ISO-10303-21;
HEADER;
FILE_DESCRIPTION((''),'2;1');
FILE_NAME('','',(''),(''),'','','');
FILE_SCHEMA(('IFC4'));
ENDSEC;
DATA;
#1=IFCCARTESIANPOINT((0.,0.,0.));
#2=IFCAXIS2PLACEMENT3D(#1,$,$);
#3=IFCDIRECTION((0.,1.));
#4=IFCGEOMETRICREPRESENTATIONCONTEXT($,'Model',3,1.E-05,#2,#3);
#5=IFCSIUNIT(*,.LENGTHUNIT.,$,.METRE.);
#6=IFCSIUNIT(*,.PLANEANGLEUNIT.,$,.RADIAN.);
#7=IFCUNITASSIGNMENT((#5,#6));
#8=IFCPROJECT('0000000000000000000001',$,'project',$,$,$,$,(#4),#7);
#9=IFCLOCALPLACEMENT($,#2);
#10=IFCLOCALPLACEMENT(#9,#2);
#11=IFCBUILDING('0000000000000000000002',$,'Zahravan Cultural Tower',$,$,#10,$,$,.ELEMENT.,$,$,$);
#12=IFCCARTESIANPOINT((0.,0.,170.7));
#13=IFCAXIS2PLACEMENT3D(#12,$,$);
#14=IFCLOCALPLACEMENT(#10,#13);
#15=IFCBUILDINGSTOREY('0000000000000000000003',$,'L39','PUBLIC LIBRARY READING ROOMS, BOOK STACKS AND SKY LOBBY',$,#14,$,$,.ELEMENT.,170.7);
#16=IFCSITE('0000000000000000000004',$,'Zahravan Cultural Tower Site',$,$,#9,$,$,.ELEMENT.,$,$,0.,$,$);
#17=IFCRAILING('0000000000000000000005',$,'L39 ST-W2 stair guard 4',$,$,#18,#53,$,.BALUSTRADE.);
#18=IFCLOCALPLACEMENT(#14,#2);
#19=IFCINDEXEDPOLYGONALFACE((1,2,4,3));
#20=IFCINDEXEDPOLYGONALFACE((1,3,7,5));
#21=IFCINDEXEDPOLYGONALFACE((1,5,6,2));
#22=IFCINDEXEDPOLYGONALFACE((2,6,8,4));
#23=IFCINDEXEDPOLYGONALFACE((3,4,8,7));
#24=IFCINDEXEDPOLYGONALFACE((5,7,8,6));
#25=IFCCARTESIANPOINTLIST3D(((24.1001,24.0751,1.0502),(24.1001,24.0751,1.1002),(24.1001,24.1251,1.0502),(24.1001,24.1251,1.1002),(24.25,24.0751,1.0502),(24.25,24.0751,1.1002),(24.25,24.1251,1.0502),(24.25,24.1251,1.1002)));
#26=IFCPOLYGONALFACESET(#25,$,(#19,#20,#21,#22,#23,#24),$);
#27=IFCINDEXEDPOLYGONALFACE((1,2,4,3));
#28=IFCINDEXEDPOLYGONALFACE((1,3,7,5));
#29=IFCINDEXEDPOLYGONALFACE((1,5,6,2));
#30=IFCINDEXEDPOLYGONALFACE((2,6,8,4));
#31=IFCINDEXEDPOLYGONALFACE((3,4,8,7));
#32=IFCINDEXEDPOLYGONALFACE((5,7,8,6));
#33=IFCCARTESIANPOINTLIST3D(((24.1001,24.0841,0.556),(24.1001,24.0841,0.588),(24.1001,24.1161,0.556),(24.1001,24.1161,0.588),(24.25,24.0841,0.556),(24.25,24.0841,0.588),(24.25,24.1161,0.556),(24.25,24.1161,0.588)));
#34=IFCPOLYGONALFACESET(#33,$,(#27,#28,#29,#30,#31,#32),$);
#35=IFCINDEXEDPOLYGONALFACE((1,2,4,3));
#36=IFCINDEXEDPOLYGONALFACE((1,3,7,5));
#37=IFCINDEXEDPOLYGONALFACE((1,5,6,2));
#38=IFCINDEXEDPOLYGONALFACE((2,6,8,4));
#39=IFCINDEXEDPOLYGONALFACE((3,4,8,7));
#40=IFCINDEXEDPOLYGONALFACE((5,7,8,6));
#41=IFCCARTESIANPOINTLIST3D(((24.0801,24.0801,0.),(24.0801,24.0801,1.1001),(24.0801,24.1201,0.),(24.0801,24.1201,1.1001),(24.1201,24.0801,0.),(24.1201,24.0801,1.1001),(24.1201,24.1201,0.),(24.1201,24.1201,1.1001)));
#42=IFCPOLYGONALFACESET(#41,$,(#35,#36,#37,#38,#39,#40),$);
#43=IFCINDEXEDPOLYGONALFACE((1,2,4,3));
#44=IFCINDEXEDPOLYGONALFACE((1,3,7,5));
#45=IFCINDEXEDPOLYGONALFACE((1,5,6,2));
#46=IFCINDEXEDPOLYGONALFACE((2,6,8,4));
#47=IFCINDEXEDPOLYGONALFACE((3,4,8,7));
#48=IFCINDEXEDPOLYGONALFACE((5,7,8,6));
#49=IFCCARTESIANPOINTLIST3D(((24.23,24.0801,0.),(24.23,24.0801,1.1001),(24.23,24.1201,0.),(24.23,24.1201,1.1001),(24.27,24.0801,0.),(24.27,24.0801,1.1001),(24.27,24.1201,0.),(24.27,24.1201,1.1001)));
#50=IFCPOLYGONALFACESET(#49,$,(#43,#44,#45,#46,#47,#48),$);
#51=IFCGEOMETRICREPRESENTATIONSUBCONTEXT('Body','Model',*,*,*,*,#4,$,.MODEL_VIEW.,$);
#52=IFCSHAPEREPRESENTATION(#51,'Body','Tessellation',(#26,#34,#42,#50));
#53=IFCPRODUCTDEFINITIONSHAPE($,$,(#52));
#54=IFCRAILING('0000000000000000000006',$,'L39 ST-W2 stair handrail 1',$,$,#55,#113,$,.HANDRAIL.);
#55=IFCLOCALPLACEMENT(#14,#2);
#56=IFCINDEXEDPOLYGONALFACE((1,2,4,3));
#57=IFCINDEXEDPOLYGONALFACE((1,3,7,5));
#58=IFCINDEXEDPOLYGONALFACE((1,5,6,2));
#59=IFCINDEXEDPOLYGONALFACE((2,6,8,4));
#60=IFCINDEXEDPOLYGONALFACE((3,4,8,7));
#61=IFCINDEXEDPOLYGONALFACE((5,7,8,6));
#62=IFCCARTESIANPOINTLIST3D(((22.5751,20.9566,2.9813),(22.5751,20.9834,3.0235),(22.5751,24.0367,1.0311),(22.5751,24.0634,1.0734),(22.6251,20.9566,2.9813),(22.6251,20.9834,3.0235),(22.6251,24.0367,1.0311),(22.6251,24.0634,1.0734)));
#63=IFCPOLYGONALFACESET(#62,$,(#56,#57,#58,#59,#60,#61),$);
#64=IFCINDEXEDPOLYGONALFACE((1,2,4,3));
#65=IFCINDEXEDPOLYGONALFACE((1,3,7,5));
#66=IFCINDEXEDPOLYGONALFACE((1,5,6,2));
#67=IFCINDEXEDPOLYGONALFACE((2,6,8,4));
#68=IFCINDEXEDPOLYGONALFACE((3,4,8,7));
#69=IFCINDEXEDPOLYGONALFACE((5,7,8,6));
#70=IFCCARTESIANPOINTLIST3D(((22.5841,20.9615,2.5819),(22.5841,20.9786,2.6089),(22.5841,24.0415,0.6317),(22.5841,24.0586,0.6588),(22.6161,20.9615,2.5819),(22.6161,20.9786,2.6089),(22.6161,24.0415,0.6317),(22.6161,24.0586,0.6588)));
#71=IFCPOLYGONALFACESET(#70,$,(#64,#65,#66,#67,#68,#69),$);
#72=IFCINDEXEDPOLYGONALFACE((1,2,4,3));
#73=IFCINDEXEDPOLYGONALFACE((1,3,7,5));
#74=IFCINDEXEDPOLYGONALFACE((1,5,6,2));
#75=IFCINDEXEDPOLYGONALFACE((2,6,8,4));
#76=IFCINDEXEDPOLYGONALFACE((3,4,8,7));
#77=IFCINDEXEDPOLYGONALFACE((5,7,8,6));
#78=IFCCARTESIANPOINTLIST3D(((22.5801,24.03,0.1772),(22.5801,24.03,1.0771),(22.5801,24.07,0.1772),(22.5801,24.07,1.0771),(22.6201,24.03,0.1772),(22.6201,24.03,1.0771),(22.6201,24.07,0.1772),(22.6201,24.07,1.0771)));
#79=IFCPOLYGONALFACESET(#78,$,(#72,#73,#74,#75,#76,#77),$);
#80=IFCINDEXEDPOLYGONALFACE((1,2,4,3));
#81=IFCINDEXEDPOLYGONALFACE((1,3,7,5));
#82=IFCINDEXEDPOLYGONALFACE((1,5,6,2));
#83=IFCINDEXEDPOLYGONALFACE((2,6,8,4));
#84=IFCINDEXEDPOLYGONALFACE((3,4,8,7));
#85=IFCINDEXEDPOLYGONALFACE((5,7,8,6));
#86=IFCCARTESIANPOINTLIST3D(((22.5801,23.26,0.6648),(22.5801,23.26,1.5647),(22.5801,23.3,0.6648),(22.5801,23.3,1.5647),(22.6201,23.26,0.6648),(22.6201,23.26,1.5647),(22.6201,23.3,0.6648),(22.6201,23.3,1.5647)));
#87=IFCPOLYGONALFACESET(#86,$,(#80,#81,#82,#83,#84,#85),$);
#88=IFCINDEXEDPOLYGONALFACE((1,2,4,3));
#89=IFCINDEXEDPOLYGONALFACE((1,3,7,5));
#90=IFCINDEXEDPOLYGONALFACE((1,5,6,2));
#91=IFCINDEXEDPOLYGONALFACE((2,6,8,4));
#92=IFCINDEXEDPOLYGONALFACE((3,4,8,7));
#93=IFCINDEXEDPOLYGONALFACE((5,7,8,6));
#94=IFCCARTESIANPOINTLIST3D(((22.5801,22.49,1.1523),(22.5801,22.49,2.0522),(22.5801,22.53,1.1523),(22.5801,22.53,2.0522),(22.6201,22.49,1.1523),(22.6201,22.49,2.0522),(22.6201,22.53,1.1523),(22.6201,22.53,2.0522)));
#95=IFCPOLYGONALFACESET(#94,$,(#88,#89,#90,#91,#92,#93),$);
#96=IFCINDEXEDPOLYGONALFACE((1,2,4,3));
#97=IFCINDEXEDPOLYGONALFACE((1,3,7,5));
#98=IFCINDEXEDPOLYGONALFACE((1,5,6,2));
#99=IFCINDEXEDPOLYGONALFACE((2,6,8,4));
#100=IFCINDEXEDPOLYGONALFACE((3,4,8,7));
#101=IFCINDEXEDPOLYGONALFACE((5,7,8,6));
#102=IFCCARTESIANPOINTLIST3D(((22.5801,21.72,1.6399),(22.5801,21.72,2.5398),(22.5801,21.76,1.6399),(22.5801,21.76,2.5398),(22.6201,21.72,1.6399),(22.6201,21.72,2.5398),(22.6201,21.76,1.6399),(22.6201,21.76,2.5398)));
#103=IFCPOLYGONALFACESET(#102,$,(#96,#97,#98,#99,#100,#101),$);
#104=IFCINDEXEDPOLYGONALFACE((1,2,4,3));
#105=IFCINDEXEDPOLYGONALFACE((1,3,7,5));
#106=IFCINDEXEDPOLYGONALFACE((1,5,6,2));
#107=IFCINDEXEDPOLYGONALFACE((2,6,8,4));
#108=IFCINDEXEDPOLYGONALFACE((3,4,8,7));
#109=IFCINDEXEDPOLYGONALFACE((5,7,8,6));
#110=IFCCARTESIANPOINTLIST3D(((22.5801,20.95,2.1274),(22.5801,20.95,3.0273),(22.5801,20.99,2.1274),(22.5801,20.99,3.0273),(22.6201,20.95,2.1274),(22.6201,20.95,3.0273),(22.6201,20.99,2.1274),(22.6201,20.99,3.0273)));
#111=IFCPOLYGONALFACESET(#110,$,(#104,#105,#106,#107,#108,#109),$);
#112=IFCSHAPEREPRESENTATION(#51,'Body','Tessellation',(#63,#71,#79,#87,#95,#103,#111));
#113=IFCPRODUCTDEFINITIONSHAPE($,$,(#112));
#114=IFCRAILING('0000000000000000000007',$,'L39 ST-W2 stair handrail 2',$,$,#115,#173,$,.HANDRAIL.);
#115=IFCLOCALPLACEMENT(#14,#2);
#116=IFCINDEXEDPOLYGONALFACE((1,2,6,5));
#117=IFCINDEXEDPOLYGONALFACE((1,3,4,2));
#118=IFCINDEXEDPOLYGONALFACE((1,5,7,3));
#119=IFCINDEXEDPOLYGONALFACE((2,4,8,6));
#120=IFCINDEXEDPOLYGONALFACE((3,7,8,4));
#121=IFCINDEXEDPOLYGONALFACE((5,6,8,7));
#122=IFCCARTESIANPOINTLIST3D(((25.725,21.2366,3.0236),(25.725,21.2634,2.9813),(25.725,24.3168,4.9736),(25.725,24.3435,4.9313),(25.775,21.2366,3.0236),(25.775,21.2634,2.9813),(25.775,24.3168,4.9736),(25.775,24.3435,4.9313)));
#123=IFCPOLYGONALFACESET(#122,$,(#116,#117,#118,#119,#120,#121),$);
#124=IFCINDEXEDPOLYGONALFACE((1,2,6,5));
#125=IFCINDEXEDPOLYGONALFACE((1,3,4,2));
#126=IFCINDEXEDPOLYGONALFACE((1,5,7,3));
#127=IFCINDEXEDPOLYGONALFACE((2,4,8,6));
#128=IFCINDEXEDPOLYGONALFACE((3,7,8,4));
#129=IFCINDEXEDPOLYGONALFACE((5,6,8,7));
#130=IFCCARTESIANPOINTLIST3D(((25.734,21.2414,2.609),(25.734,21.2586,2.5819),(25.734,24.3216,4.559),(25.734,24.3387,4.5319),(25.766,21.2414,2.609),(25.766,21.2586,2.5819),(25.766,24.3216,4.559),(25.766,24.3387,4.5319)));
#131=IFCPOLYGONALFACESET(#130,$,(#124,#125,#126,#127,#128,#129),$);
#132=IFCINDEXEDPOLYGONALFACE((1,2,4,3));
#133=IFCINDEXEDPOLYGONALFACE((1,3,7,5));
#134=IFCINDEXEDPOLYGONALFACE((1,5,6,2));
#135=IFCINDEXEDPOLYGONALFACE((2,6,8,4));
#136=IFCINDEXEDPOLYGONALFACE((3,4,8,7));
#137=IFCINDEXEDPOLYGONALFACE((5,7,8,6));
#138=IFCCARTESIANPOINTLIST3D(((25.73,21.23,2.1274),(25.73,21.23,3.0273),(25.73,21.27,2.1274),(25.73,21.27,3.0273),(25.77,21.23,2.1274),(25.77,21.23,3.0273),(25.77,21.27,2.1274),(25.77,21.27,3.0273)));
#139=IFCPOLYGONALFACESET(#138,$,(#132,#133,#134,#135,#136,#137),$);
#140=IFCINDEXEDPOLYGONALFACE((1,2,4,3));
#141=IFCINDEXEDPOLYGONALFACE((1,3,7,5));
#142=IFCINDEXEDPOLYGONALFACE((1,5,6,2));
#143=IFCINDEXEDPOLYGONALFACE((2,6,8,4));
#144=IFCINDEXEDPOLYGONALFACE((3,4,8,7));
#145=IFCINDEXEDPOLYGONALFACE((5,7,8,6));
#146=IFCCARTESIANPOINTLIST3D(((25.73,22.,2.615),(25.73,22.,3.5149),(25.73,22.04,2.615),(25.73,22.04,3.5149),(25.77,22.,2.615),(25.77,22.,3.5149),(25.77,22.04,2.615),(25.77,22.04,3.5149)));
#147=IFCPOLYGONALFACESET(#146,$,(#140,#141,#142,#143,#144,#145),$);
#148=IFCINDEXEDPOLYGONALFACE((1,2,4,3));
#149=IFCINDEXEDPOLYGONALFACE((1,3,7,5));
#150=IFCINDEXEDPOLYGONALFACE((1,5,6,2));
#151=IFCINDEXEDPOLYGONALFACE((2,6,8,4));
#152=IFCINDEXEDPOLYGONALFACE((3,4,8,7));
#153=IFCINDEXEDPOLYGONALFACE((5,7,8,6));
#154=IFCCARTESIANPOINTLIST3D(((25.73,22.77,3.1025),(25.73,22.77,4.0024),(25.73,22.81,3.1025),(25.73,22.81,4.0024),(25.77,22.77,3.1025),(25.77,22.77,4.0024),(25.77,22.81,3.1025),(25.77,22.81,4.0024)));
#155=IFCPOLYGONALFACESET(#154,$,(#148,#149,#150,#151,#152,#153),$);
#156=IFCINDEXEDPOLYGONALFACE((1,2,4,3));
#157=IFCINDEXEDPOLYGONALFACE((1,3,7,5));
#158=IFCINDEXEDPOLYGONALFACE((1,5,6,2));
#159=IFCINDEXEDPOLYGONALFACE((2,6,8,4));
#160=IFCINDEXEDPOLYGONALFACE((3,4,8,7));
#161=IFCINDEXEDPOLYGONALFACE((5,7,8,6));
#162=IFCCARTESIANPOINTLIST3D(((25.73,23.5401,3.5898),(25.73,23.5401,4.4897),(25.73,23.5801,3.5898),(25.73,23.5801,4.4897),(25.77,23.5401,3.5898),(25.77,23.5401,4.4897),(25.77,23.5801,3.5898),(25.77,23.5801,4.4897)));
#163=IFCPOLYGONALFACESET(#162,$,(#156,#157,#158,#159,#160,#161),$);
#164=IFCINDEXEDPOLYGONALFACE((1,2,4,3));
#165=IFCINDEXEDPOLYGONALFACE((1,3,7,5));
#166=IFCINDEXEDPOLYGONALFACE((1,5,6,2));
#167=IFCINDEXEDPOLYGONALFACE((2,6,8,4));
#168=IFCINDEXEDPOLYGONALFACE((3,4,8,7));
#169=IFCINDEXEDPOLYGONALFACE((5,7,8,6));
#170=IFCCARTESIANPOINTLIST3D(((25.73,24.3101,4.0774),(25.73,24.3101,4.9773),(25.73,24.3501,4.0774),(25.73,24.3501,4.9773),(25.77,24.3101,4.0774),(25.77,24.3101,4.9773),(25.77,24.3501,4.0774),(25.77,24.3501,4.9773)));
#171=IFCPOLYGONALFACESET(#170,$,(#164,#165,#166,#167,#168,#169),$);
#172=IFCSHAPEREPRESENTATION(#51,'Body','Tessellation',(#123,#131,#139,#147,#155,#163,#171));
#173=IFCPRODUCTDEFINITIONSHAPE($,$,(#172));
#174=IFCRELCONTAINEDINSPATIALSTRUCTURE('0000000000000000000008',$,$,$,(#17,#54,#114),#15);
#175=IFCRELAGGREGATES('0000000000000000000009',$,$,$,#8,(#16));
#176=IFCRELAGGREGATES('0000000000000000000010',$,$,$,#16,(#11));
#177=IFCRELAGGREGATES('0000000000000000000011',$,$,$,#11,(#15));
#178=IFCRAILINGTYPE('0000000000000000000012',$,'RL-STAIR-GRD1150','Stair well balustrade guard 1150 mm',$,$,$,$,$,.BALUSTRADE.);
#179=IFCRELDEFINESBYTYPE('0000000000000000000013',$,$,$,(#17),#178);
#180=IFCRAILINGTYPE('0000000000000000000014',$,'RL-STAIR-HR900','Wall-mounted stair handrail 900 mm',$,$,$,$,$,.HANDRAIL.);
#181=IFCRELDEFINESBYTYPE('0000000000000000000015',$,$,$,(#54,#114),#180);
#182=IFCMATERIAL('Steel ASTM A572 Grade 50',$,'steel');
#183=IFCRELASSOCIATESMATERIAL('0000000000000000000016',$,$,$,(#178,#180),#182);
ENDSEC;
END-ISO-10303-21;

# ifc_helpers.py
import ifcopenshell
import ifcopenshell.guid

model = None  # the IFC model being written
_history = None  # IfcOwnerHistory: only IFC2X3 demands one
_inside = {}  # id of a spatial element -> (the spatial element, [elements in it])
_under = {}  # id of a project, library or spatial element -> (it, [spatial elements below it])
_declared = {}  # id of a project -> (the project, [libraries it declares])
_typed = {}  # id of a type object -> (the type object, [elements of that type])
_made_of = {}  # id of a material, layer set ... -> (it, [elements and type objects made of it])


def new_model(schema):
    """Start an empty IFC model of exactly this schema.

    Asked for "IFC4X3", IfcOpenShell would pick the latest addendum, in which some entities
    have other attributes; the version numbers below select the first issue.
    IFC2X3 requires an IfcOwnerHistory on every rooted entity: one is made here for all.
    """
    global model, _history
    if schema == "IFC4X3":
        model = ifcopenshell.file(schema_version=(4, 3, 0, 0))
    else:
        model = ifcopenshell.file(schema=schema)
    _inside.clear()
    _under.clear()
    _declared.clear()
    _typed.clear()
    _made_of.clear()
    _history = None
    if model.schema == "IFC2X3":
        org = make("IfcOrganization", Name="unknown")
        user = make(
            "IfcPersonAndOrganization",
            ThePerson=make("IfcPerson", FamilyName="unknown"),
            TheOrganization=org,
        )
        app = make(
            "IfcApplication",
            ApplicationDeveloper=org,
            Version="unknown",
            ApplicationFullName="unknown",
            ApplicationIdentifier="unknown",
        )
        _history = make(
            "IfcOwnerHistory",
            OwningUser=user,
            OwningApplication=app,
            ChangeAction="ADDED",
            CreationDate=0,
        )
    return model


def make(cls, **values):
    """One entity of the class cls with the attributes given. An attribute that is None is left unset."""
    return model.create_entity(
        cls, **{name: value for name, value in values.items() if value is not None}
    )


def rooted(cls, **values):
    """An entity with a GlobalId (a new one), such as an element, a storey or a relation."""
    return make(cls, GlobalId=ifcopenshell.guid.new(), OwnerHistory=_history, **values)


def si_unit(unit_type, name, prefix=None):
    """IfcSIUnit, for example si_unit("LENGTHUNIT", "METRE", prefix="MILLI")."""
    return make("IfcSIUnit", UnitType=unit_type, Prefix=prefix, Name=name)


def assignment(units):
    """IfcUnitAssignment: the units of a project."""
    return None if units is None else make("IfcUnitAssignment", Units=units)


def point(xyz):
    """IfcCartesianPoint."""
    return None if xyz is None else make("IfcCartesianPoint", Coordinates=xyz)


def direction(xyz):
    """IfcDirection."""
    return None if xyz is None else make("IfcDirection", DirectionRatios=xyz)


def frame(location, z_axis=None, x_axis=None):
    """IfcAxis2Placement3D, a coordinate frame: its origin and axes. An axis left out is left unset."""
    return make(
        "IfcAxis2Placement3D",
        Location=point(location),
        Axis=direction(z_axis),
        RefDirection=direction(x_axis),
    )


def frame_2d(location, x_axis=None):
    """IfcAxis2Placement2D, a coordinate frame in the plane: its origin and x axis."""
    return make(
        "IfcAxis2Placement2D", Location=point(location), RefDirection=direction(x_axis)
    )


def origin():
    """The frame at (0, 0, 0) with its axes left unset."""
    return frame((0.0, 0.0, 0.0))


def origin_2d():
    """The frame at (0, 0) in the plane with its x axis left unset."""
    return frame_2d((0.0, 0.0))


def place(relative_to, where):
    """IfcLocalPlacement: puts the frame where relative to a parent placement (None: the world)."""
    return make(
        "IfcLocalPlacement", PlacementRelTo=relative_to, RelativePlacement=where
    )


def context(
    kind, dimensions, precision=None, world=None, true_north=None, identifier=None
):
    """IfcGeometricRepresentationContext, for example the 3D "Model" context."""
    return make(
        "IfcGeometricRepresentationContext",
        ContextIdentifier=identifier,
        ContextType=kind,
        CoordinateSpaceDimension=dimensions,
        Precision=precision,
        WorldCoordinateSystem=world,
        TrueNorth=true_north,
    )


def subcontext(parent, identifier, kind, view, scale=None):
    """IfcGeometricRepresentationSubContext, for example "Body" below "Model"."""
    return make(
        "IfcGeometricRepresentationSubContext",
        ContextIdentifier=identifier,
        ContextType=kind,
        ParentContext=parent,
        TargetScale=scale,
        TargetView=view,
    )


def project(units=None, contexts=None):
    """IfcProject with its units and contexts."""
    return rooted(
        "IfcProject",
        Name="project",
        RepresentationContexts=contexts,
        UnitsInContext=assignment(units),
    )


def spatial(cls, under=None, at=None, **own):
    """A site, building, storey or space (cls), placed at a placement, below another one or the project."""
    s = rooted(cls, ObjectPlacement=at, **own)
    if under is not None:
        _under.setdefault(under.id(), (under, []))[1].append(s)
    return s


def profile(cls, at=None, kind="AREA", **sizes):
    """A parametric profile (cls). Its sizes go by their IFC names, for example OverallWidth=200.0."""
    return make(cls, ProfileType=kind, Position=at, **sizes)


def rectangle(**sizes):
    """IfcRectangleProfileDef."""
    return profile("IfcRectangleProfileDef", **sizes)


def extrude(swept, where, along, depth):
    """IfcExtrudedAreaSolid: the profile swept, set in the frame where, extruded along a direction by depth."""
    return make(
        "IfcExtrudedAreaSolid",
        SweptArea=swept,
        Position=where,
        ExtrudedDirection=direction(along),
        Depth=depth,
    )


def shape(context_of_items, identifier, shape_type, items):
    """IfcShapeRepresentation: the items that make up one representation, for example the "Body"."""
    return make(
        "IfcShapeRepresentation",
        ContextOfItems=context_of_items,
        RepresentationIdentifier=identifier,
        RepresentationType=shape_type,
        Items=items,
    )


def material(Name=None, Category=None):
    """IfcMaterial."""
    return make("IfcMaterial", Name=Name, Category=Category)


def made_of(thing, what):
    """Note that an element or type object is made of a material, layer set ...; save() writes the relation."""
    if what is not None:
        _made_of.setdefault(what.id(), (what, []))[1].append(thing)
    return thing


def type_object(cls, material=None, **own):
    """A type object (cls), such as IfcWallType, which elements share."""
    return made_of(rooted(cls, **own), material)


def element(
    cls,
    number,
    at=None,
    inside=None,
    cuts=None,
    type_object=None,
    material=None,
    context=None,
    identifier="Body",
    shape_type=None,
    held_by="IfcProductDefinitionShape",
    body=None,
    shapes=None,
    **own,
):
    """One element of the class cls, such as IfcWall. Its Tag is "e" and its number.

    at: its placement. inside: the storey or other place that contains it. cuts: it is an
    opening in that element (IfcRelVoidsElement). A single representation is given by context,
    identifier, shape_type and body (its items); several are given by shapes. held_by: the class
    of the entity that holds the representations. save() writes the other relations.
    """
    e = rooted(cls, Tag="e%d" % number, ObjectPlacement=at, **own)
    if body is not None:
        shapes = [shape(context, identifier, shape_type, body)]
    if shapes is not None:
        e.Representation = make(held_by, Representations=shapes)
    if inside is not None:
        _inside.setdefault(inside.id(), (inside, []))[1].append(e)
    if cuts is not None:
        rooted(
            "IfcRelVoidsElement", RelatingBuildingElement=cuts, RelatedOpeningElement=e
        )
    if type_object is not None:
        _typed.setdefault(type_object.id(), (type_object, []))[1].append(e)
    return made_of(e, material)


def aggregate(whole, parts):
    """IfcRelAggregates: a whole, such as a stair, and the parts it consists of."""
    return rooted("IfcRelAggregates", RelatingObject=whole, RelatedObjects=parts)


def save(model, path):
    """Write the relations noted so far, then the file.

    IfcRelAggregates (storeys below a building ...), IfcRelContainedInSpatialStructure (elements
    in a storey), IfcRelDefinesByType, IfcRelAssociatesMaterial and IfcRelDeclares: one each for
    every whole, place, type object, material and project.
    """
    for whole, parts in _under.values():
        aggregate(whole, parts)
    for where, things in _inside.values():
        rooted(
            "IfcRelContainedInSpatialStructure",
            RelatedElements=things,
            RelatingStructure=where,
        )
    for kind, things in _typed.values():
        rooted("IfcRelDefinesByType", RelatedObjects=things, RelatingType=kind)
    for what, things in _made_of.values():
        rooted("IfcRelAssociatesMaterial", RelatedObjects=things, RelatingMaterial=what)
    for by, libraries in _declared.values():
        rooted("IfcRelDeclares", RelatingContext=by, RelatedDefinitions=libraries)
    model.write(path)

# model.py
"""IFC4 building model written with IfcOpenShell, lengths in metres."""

from ifc_helpers import new_model, si_unit, direction, frame, origin, origin_2d, place, context, subcontext, project, spatial, rectangle, extrude, material, type_object, element, save


model = new_model("IFC4")

# Units and contexts
model_context = context("Model", 3, precision=1e-05, world=origin(), true_north=direction((0.0, 1.0)))
body_context = subcontext(model_context, "Body", "Model", "MODEL_VIEW")
ifc_project = project(units=[si_unit("LENGTHUNIT", "METRE"), si_unit("PLANEANGLEUNIT", "RADIAN")], contexts=[model_context])

# Site, building, storey
site_placement = place(None, origin())
site = spatial("IfcSite", under=ifc_project, at=site_placement, Name="Zahravan Cultural Tower Site", CompositionType="ELEMENT", RefElevation=0.0)
building_placement = place(site_placement, origin())
building = spatial("IfcBuilding", under=site, at=building_placement, Name="Zahravan Cultural Tower", CompositionType="ELEMENT")
storey_placement = place(building_placement, frame((0.0, 0.0, 170.7)))
storey = spatial("IfcBuildingStorey", under=building, at=storey_placement, Name="L39", Description="PUBLIC LIBRARY READING ROOMS, BOOK STACKS AND SKY LOBBY", CompositionType="ELEMENT", Elevation=170.7)

# Shared definitions
ifc_material_1 = material(Name="Steel ASTM A572 Grade 50", Category="steel")

# Railings
railing_type_1 = type_object("IfcRailingType", Name="RL-STAIR-GRD1150", Description="Stair well balustrade guard 1150 mm", PredefinedType="BALUSTRADE", material=ifc_material_1)
railing_1_placement = place(storey_placement, frame((24.1001, 24.1001, 0.0)))
element("IfcRailing", 1, at=railing_1_placement, inside=storey, type_object=railing_type_1, Name="L39 ST-W2 stair guard 4", PredefinedType="BALUSTRADE", context=body_context, shape_type="SweptSolid", body=[
    extrude(rectangle(XDim=0.05, YDim=0.05, at=origin_2d()), frame((0.0, 0.0, 1.0752), z_axis=(1.0, 0.0, 0.0), x_axis=(0.0, 1.0, 0.0)), (0.0, 0.0, 1.0), 0.1499),
    extrude(rectangle(XDim=0.032, YDim=0.032, at=origin_2d()), frame((0.0, 0.0, 0.572), z_axis=(1.0, 0.0, 0.0), x_axis=(0.0, 1.0, 0.0)), (0.0, 0.0, 1.0), 0.1499),
    extrude(rectangle(XDim=0.04, YDim=0.04, at=origin_2d()), origin(), (0.0, 0.0, 1.0), 1.1001),
    extrude(rectangle(XDim=0.04, YDim=0.04, at=origin_2d()), frame((0.1499, 0.0, 0.0)), (0.0, 0.0, 1.0), 1.1001),
])
railing_type_2 = type_object("IfcRailingType", Name="RL-STAIR-HR900", Description="Wall-mounted stair handrail 900 mm", PredefinedType="HANDRAIL", material=ifc_material_1)
railing_2_placement = place(storey_placement, frame((22.6001, 24.05, 0.1772)))
element("IfcRailing", 2, at=railing_2_placement, inside=storey, type_object=railing_type_2, Name="L39 ST-W2 stair handrail 1", PredefinedType="HANDRAIL", context=body_context, shape_type="SweptSolid", body=[
    extrude(rectangle(XDim=0.05, YDim=0.05, at=origin_2d()), frame((0.0, 0.0, 0.875), z_axis=(0.0, -0.844884, 0.53495), x_axis=(1.0, 0.0, 0.0)), (0.0, 0.0, 1.0), 3.6455),
    extrude(rectangle(XDim=0.032, YDim=0.032, at=origin_2d()), frame((0.0, 0.0, 0.468), z_axis=(0.0, -0.844884, 0.53495), x_axis=(1.0, 0.0, 0.0)), (0.0, 0.0, 1.0), 3.6455),
    extrude(rectangle(XDim=0.04, YDim=0.04, at=origin_2d()), origin(), (0.0, 0.0, 1.0), 0.8999),
    extrude(rectangle(XDim=0.04, YDim=0.04, at=origin_2d()), frame((0.0, -0.77, 0.4875)), (0.0, 0.0, 1.0), 0.8999),
    extrude(rectangle(XDim=0.04, YDim=0.04, at=origin_2d()), frame((0.0, -1.54, 0.9751)), (0.0, 0.0, 1.0), 0.8999),
    extrude(rectangle(XDim=0.04, YDim=0.04, at=origin_2d()), frame((0.0, -2.3101, 1.4626)), (0.0, 0.0, 1.0), 0.8999),
    extrude(rectangle(XDim=0.04, YDim=0.04, at=origin_2d()), frame((0.0, -3.0801, 1.9502)), (0.0, 0.0, 1.0), 0.8999),
])
railing_3_placement = place(storey_placement, frame((25.75, 21.25, 2.1274)))
element("IfcRailing", 3, at=railing_3_placement, inside=storey, type_object=railing_type_2, Name="L39 ST-W2 stair handrail 2", PredefinedType="HANDRAIL", context=body_context, shape_type="SweptSolid", body=[
    extrude(rectangle(XDim=0.05, YDim=0.05, at=origin_2d()), frame((0.0, 0.0, 0.875), z_axis=(0.0, 0.844914, 0.534902), x_axis=(-1.0, 0.0, 0.0)), (0.0, 0.0, 1.0), 3.6455),
    extrude(rectangle(XDim=0.032, YDim=0.032, at=origin_2d()), frame((0.0, 0.0, 0.468), z_axis=(0.0, 0.844914, 0.534902), x_axis=(-1.0, 0.0, 0.0)), (0.0, 0.0, 1.0), 3.6455),
    extrude(rectangle(XDim=0.04, YDim=0.04, at=origin_2d()), origin(), (0.0, 0.0, 1.0), 0.8999),
    extrude(rectangle(XDim=0.04, YDim=0.04, at=origin_2d()), frame((0.0, 0.77, 0.4875)), (0.0, 0.0, 1.0), 0.8999),
    extrude(rectangle(XDim=0.04, YDim=0.04, at=origin_2d()), frame((0.0, 1.54, 0.9751)), (0.0, 0.0, 1.0), 0.8999),
    extrude(rectangle(XDim=0.04, YDim=0.04, at=origin_2d()), frame((0.0, 2.3101, 1.4624)), (0.0, 0.0, 1.0), 0.8999),
    extrude(rectangle(XDim=0.04, YDim=0.04, at=origin_2d()), frame((0.0, 3.0801, 1.95)), (0.0, 0.0, 1.0), 0.8999),
])

save(model, "model.ifc")
